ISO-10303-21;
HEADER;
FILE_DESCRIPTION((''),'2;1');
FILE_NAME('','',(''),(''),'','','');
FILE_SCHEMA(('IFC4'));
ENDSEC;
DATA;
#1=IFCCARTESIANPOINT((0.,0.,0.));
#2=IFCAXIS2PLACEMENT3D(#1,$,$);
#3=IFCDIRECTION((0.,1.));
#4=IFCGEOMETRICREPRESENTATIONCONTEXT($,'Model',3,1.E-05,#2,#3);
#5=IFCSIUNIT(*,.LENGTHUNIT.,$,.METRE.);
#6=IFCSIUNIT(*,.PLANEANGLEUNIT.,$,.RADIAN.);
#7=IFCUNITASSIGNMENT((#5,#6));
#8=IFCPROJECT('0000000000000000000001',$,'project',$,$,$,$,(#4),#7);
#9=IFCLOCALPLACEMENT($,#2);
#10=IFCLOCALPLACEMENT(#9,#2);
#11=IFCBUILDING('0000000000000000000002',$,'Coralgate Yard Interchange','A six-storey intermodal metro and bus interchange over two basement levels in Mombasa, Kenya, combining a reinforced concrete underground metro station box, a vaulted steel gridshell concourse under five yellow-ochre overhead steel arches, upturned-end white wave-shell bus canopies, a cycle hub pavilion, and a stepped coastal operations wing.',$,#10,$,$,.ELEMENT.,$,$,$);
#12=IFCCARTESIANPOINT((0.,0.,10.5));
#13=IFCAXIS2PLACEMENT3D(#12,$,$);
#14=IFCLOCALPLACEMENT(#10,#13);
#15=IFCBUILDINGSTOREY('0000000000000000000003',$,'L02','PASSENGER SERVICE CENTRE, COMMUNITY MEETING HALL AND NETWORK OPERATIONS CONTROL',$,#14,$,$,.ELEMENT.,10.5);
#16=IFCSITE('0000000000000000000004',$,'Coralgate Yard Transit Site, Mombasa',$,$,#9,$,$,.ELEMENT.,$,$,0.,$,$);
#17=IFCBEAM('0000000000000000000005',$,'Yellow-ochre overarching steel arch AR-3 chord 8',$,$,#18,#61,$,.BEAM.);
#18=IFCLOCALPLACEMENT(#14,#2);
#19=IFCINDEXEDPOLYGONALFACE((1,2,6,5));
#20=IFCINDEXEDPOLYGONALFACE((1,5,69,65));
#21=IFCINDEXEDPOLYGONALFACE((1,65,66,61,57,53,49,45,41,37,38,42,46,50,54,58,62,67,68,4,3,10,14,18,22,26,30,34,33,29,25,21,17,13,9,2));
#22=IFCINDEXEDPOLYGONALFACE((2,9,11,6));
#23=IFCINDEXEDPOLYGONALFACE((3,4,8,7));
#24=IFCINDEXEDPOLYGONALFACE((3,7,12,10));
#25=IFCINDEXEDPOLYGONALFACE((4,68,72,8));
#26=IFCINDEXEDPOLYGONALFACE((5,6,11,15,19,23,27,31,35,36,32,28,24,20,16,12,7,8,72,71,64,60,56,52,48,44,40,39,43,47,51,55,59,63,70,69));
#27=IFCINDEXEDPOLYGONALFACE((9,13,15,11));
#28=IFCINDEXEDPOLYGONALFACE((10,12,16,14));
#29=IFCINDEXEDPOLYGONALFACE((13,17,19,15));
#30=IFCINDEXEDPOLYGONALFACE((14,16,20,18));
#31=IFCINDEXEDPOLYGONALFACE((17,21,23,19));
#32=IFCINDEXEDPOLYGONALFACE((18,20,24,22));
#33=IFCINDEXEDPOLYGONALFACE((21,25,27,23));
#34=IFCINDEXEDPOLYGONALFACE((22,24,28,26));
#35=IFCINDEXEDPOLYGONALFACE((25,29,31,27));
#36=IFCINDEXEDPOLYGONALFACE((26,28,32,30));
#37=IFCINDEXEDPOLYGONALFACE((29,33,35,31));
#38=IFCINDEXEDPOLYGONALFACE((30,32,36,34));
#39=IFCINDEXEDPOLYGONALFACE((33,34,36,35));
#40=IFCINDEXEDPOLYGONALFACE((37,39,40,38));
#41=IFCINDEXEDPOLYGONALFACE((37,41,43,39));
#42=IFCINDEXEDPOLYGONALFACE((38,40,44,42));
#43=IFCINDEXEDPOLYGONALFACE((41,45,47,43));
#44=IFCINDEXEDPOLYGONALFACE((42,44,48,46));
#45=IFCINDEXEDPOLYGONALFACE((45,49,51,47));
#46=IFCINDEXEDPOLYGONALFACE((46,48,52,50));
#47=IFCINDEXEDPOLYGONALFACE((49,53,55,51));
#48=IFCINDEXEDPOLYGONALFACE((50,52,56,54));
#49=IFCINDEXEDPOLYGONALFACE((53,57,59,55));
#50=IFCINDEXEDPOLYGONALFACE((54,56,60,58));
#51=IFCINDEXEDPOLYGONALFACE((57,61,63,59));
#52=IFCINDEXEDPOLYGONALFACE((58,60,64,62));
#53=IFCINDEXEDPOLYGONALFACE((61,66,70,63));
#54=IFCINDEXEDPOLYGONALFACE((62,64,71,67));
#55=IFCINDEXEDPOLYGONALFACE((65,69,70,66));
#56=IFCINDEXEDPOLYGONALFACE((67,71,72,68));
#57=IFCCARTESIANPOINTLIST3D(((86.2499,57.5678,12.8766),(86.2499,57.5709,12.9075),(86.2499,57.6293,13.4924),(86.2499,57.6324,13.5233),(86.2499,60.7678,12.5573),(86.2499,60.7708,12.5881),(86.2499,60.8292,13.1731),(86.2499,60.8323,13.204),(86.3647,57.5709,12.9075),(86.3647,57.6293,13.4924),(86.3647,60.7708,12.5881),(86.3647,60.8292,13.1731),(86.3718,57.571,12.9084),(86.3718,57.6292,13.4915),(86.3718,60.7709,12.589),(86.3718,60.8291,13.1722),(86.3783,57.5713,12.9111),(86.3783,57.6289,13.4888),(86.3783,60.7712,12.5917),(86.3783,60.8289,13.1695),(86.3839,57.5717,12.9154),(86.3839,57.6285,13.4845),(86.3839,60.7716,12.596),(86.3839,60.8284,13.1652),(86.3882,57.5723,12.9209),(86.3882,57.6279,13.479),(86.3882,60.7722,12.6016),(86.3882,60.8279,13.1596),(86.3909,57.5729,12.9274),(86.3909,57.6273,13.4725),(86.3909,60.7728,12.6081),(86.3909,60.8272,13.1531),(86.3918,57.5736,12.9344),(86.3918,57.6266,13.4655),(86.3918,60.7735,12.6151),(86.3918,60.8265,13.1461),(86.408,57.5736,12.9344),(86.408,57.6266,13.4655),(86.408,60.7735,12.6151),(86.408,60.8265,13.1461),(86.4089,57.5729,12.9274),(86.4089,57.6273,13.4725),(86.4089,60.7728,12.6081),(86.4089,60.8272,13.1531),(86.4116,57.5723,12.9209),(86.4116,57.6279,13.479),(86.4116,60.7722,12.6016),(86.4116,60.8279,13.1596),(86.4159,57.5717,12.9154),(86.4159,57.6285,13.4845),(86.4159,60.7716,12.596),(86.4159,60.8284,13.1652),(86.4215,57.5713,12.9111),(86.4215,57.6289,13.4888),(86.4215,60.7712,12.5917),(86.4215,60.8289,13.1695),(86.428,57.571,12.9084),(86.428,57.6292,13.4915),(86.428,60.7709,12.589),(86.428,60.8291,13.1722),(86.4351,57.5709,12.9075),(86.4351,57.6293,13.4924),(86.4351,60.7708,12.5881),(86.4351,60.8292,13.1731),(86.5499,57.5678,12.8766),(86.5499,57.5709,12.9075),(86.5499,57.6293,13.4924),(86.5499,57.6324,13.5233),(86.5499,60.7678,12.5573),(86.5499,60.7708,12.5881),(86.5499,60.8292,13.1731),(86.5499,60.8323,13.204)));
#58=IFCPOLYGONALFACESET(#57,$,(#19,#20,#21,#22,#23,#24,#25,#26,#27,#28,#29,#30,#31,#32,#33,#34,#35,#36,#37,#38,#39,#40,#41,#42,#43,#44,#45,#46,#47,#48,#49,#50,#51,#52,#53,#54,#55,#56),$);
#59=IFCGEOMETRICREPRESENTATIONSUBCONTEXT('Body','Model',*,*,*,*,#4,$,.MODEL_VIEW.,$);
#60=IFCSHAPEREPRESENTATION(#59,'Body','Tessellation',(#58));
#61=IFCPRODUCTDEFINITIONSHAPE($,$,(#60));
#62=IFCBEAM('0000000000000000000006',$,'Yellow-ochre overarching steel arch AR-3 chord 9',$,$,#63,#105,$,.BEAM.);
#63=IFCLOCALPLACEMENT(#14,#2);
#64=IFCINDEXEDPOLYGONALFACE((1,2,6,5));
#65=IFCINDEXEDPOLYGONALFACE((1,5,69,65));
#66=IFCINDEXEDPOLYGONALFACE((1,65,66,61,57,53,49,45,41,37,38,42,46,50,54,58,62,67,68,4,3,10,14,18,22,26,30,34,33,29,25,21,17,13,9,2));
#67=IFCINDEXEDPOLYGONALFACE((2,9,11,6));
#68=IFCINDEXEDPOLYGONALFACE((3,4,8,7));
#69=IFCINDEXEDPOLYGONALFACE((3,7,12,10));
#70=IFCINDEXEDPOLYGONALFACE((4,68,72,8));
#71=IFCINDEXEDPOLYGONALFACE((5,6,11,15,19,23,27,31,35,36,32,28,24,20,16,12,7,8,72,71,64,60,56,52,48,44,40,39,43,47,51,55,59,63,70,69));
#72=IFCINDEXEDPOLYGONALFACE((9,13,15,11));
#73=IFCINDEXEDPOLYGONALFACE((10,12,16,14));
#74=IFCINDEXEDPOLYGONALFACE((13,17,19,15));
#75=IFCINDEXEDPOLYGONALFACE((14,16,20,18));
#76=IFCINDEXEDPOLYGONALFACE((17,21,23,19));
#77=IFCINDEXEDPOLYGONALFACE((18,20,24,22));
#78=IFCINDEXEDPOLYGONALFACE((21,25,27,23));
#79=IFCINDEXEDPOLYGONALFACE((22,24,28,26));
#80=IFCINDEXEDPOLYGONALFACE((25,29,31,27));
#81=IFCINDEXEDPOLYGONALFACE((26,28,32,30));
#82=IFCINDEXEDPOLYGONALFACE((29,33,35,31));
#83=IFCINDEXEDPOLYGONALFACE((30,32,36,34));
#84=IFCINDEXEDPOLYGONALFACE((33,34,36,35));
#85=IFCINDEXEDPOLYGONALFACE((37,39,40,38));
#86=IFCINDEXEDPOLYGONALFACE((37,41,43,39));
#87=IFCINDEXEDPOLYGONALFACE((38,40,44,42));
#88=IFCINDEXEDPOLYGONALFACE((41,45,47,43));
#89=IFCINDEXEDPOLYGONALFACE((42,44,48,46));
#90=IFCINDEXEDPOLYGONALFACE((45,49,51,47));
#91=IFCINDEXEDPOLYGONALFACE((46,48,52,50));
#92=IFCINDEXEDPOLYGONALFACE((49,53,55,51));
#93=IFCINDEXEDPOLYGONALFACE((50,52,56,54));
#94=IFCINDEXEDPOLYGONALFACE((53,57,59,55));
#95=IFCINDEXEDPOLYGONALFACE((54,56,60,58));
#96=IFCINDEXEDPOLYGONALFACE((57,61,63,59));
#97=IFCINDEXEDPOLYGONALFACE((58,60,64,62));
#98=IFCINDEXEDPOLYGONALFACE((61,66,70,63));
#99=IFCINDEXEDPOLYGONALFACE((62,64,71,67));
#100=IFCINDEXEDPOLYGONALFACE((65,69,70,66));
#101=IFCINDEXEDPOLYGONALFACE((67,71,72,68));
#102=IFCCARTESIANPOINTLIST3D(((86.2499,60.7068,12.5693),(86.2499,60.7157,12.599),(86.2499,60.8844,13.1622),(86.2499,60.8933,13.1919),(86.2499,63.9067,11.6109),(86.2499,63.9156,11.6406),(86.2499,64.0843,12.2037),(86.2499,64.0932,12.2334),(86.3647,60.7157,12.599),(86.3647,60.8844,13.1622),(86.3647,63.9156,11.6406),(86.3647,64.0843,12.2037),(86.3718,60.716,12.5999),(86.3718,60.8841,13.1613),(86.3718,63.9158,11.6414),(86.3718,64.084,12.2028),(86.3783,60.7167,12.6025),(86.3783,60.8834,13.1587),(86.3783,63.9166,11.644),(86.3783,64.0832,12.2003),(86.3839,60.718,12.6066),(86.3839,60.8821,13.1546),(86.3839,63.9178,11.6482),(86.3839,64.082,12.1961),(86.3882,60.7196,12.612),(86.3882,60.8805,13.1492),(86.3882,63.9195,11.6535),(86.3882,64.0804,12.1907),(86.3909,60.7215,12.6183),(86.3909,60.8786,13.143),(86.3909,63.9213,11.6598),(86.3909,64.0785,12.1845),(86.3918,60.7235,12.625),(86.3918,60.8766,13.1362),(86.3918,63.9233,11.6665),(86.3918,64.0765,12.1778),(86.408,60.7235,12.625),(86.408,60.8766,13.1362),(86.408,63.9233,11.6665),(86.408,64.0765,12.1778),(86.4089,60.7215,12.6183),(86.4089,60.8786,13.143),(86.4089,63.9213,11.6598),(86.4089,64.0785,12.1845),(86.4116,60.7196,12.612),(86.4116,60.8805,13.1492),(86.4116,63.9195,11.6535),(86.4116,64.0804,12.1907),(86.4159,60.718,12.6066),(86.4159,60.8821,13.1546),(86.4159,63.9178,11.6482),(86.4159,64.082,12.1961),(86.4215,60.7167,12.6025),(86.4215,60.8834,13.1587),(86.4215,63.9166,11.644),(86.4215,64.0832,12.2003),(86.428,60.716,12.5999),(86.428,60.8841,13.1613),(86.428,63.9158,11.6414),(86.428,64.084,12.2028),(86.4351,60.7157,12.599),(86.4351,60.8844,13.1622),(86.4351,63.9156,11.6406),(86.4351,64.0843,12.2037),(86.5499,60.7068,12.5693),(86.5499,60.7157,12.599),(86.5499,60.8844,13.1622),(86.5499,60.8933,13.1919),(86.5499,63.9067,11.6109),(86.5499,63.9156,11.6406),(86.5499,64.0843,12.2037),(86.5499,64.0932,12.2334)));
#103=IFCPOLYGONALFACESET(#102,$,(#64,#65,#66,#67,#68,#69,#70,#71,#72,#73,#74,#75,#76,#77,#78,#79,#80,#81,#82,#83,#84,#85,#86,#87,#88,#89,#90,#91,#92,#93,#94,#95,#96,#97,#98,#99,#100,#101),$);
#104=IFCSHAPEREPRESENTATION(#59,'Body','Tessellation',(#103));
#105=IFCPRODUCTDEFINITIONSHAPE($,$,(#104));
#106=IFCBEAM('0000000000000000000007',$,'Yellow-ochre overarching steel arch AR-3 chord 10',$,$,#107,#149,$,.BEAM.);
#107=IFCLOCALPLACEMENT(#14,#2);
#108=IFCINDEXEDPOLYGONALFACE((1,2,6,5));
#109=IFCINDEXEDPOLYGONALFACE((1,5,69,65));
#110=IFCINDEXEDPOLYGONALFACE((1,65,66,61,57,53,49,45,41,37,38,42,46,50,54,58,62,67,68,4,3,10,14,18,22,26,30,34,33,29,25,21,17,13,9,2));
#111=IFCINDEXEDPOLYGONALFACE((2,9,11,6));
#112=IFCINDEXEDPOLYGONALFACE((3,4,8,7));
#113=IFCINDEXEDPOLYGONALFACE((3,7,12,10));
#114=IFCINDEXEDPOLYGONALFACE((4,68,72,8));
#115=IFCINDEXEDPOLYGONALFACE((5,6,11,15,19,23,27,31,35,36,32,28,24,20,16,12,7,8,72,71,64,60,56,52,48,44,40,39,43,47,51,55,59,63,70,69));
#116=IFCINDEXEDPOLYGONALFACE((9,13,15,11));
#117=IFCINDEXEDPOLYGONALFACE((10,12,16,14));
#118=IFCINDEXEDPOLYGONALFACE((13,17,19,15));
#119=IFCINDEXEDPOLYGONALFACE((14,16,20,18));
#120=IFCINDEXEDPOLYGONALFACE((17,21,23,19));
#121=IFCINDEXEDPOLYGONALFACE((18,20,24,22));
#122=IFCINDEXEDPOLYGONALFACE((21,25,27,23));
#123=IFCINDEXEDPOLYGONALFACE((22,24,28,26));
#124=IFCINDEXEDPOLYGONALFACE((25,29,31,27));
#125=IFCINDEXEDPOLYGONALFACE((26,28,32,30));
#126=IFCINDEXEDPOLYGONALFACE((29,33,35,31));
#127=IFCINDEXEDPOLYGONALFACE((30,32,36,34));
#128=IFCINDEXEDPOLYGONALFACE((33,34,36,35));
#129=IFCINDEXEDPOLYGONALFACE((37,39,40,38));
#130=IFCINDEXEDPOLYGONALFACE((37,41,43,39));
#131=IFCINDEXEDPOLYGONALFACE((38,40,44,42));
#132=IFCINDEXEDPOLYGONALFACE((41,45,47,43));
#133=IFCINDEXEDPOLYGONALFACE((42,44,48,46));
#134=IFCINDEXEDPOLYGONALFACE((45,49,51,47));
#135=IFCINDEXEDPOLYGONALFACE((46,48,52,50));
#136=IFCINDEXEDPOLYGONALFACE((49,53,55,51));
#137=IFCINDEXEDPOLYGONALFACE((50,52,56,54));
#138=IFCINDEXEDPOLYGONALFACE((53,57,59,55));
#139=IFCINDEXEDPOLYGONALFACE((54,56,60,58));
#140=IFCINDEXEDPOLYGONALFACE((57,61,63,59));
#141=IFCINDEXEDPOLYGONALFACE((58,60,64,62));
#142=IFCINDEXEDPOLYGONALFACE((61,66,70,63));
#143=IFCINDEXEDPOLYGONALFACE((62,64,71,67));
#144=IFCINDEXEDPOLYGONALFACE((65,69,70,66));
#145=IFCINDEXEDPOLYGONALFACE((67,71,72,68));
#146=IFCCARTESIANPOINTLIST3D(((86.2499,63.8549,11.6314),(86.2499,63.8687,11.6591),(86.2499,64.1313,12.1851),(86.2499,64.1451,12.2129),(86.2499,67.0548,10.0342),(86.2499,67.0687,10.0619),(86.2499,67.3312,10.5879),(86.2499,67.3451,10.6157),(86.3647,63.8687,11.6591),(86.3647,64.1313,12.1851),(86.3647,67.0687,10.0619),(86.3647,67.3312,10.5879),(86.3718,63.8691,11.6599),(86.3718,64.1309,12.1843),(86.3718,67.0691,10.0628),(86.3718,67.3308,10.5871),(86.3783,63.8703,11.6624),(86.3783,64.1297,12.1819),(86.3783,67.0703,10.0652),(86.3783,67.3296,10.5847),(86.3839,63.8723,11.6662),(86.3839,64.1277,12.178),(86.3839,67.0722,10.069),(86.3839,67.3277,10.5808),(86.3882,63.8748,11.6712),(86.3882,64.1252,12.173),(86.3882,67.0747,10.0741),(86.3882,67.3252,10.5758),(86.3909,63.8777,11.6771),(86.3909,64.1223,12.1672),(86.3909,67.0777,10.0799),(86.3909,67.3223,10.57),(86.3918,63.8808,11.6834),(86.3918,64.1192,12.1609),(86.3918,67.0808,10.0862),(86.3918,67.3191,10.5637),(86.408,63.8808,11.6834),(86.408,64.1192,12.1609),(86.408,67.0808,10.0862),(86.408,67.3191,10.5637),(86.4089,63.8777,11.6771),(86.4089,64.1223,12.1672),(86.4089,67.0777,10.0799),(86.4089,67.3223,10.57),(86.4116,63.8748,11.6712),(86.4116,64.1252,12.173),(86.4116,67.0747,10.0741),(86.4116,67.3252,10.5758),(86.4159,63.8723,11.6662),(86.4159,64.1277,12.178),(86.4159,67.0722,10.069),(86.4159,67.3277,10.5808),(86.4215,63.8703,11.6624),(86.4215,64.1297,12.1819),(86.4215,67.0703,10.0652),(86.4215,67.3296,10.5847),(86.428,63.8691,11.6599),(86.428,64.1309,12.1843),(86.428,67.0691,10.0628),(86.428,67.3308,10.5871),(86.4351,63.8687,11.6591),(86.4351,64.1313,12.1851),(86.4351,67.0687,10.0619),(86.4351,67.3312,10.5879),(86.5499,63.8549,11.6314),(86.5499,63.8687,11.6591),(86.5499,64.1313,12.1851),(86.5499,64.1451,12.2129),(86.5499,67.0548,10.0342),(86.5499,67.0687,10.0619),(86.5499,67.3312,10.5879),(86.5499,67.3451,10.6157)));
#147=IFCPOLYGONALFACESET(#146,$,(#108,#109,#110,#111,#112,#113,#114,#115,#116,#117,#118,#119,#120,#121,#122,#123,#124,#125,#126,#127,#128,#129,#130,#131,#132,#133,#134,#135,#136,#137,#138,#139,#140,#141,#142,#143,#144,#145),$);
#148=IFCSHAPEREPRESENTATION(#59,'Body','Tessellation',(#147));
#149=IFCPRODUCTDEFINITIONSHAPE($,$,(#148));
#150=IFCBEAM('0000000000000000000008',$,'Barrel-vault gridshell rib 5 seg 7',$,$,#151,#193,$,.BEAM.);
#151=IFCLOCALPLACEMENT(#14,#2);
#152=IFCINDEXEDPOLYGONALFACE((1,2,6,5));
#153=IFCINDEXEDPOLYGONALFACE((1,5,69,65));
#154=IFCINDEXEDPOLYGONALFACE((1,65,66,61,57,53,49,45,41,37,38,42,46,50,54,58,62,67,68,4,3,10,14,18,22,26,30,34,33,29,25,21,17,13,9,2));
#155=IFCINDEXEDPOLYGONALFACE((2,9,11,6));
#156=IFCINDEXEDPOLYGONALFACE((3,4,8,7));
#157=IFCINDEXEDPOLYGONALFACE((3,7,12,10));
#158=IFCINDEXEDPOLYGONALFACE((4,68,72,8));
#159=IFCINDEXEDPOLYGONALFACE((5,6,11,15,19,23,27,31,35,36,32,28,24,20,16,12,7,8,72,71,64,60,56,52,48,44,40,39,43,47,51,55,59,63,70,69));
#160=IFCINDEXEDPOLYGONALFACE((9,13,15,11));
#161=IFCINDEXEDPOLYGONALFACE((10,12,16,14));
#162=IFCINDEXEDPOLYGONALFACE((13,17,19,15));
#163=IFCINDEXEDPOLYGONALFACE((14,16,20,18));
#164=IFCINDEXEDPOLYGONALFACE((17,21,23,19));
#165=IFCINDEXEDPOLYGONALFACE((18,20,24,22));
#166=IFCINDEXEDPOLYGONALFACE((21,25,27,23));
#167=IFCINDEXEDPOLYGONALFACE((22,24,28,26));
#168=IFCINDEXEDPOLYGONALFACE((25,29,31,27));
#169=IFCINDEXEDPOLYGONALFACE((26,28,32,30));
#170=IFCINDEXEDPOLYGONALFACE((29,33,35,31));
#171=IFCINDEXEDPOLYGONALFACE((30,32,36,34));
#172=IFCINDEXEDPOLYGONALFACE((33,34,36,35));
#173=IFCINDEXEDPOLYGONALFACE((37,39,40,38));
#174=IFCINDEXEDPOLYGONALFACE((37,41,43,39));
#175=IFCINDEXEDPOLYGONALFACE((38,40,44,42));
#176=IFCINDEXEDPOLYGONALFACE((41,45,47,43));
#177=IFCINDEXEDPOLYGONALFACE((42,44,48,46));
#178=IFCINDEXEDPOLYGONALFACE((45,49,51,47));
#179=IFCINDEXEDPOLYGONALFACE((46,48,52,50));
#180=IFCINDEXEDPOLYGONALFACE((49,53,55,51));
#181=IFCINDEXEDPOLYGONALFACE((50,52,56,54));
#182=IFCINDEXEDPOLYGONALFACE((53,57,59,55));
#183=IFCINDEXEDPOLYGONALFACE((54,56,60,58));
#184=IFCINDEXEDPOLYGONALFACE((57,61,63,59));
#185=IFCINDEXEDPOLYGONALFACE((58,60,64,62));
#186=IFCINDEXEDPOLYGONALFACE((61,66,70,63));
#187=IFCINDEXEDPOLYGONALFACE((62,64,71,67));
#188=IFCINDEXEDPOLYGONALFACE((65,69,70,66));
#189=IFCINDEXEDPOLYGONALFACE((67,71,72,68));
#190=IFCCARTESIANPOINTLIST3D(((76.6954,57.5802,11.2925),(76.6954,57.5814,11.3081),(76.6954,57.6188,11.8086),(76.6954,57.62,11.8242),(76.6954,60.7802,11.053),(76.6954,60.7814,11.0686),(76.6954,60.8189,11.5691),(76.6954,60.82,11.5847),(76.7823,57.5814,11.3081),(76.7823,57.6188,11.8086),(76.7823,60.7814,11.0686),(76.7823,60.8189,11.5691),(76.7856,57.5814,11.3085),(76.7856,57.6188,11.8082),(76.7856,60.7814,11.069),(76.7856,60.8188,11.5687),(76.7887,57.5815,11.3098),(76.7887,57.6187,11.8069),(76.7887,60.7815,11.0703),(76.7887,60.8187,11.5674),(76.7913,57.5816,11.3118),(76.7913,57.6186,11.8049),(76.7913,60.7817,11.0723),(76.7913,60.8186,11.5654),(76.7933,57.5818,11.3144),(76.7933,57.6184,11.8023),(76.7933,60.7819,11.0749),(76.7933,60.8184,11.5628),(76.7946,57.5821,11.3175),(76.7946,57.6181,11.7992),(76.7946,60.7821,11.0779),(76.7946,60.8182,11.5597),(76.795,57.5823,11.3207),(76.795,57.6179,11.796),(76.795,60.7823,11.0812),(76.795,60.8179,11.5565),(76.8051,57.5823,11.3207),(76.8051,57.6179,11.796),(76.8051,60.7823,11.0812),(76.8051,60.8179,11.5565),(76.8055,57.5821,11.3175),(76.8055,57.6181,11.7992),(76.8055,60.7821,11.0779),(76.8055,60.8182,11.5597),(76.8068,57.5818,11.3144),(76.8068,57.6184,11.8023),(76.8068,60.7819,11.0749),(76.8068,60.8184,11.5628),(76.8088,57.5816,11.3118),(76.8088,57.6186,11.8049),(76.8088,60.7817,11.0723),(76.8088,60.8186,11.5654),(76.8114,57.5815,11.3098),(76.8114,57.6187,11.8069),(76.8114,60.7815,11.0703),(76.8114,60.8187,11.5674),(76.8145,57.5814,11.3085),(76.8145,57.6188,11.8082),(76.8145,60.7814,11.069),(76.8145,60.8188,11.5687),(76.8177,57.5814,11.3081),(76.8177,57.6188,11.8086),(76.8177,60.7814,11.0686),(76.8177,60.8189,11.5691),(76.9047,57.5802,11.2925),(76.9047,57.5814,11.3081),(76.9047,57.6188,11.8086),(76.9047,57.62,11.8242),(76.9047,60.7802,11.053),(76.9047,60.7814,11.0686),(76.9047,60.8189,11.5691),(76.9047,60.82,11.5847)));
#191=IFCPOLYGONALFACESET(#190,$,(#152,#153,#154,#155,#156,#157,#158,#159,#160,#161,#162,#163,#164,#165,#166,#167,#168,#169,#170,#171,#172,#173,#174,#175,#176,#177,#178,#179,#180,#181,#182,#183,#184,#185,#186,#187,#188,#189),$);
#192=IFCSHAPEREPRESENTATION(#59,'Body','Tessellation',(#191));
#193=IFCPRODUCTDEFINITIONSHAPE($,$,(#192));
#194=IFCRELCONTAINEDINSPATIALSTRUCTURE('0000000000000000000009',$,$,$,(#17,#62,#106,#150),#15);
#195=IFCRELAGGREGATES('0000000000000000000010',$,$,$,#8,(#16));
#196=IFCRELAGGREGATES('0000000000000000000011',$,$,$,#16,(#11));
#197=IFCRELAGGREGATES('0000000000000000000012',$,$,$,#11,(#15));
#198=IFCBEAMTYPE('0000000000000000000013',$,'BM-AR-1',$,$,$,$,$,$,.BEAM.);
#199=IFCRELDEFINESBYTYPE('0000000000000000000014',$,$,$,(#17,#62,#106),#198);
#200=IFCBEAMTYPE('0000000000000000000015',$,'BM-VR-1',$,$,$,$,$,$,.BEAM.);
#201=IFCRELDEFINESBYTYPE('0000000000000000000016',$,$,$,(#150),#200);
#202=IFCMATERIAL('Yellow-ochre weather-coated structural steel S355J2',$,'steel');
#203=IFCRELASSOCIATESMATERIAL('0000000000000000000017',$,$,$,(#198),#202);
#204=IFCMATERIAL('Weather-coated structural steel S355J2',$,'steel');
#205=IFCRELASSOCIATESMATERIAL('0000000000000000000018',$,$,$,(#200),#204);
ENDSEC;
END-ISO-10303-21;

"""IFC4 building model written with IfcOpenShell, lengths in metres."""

from ifc_helpers import new_model, si_unit, direction, frame, origin, origin_2d, place, context, subcontext, project, spatial, i_section, extrude, material, material_profile, profile_set, type_object, element, save


model = new_model("IFC4")

# Units and contexts
model_context = context("Model", 3, precision=1e-05, world=origin(), true_north=direction((0.0, 1.0)))
body_context = subcontext(model_context, "Body", "Model", "MODEL_VIEW")
ifc_project = project(units=[si_unit("LENGTHUNIT", "METRE"), si_unit("PLANEANGLEUNIT", "RADIAN")], contexts=[model_context])

# Site, building, storey
site_placement = place(None, origin())
site = spatial("IfcSite", under=ifc_project, at=site_placement, Name="Coralgate Yard Transit Site, Mombasa", CompositionType="ELEMENT", RefElevation=0.0)
building_placement = place(site_placement, origin())
building = spatial("IfcBuilding", under=site, at=building_placement, Name="Coralgate Yard Interchange", Description="A six-storey intermodal metro and bus interchange over two basement levels in Mombasa, Kenya, combining a reinforced concrete underground metro station box, a vaulted steel gridshell concourse under five yellow-ochre overhead steel arches, upturned-end white wave-shell bus canopies, a cycle hub pavilion, and a stepped coastal operations wing.", CompositionType="ELEMENT")
storey_placement = place(building_placement, frame((0.0, 0.0, 10.5)))
storey = spatial("IfcBuildingStorey", under=building, at=storey_placement, Name="L02", Description="PASSENGER SERVICE CENTRE, COMMUNITY MEETING HALL AND NETWORK OPERATIONS CONTROL", CompositionType="ELEMENT", Elevation=10.5)

# Beams
ifc_material_1 = material(Name="Yellow-ochre weather-coated structural steel S355J2", Category="steel")
ifc_material_profile_1 = material_profile(ifc_material_1, i_section(OverallWidth=0.3, OverallDepth=0.6499, WebThickness=0.0161, FlangeThickness=0.031, FilletRadius=0.0271, at=origin_2d()), Name="HEB 650")
ifc_profile_set_1 = profile_set([ifc_material_profile_1], Name="Yellow-ochre weather-coated structural steel S355J2")
beam_type_1 = type_object("IfcBeamType", Name="BM-AR-1", PredefinedType="BEAM", material=ifc_profile_set_1)
beam_1_placement = place(storey_placement, frame((86.3999, 57.6001, 13.2), z_axis=(0.0, 0.995057, -0.099301), x_axis=(-1.0, 0.0, 0.0)))
element("IfcBeam", 1, at=beam_1_placement, inside=storey, type_object=beam_type_1, Name="Yellow-ochre overarching steel arch AR-3 chord 8", PredefinedType="BEAM", context=body_context, shape_type="SweptSolid", body=[
    extrude(i_section(OverallWidth=0.3, OverallDepth=0.6499, WebThickness=0.0161, FlangeThickness=0.031, FilletRadius=0.0271, at=origin_2d()), origin(), (0.0, 0.0, 1.0), 3.2158),
])
beam_2_placement = place(storey_placement, frame((86.3999, 60.8, 12.8806), z_axis=(0.0, 0.957949, -0.286939), x_axis=(-1.0, 0.0, 0.0)))
element("IfcBeam", 2, at=beam_2_placement, inside=storey, type_object=beam_type_1, Name="Yellow-ochre overarching steel arch AR-3 chord 9", PredefinedType="BEAM", context=body_context, shape_type="SweptSolid", body=[
    extrude(i_section(OverallWidth=0.3, OverallDepth=0.6499, WebThickness=0.0161, FlangeThickness=0.031, FilletRadius=0.0271, at=origin_2d()), origin(), (0.0, 0.0, 1.0), 3.3403),
])
beam_3_placement = place(storey_placement, frame((86.3999, 64.0, 11.9221), z_axis=(0.0, 0.894741, -0.446585), x_axis=(-1.0, 0.0, 0.0)))
element("IfcBeam", 3, at=beam_3_placement, inside=storey, type_object=beam_type_1, Name="Yellow-ochre overarching steel arch AR-3 chord 10", PredefinedType="BEAM", context=body_context, shape_type="SweptSolid", body=[
    extrude(i_section(OverallWidth=0.3, OverallDepth=0.6499, WebThickness=0.0161, FlangeThickness=0.031, FilletRadius=0.0271, at=origin_2d()), origin(), (0.0, 0.0, 1.0), 3.5764),
])
ifc_material_2 = material(Name="Weather-coated structural steel S355J2", Category="steel")
ifc_material_profile_2 = material_profile(ifc_material_2, i_section(OverallWidth=0.2092, OverallDepth=0.5332, WebThickness=0.01, FlangeThickness=0.0156, FilletRadius=0.0127, at=origin_2d()), Name="UB 533x210x92")
ifc_profile_set_2 = profile_set([ifc_material_profile_2], Name="Weather-coated structural steel S355J2")
beam_type_2 = type_object("IfcBeamType", Name="BM-VR-1", PredefinedType="BEAM", material=ifc_profile_set_2)
beam_4_placement = place(storey_placement, frame((76.8, 57.6001, 11.5583), z_axis=(0.0, 0.997211, -0.074637), x_axis=(-1.0, 0.0, 0.0)))
element("IfcBeam", 4, at=beam_4_placement, inside=storey, type_object=beam_type_2, Name="Barrel-vault gridshell rib 5 seg 7", PredefinedType="BEAM", context=body_context, shape_type="SweptSolid", body=[
    extrude(i_section(OverallWidth=0.2092, OverallDepth=0.5332, WebThickness=0.01, FlangeThickness=0.0156, FilletRadius=0.0127, at=origin_2d()), origin(), (0.0, 0.0, 1.0), 3.209),
])

save(model, "model.ifc")
